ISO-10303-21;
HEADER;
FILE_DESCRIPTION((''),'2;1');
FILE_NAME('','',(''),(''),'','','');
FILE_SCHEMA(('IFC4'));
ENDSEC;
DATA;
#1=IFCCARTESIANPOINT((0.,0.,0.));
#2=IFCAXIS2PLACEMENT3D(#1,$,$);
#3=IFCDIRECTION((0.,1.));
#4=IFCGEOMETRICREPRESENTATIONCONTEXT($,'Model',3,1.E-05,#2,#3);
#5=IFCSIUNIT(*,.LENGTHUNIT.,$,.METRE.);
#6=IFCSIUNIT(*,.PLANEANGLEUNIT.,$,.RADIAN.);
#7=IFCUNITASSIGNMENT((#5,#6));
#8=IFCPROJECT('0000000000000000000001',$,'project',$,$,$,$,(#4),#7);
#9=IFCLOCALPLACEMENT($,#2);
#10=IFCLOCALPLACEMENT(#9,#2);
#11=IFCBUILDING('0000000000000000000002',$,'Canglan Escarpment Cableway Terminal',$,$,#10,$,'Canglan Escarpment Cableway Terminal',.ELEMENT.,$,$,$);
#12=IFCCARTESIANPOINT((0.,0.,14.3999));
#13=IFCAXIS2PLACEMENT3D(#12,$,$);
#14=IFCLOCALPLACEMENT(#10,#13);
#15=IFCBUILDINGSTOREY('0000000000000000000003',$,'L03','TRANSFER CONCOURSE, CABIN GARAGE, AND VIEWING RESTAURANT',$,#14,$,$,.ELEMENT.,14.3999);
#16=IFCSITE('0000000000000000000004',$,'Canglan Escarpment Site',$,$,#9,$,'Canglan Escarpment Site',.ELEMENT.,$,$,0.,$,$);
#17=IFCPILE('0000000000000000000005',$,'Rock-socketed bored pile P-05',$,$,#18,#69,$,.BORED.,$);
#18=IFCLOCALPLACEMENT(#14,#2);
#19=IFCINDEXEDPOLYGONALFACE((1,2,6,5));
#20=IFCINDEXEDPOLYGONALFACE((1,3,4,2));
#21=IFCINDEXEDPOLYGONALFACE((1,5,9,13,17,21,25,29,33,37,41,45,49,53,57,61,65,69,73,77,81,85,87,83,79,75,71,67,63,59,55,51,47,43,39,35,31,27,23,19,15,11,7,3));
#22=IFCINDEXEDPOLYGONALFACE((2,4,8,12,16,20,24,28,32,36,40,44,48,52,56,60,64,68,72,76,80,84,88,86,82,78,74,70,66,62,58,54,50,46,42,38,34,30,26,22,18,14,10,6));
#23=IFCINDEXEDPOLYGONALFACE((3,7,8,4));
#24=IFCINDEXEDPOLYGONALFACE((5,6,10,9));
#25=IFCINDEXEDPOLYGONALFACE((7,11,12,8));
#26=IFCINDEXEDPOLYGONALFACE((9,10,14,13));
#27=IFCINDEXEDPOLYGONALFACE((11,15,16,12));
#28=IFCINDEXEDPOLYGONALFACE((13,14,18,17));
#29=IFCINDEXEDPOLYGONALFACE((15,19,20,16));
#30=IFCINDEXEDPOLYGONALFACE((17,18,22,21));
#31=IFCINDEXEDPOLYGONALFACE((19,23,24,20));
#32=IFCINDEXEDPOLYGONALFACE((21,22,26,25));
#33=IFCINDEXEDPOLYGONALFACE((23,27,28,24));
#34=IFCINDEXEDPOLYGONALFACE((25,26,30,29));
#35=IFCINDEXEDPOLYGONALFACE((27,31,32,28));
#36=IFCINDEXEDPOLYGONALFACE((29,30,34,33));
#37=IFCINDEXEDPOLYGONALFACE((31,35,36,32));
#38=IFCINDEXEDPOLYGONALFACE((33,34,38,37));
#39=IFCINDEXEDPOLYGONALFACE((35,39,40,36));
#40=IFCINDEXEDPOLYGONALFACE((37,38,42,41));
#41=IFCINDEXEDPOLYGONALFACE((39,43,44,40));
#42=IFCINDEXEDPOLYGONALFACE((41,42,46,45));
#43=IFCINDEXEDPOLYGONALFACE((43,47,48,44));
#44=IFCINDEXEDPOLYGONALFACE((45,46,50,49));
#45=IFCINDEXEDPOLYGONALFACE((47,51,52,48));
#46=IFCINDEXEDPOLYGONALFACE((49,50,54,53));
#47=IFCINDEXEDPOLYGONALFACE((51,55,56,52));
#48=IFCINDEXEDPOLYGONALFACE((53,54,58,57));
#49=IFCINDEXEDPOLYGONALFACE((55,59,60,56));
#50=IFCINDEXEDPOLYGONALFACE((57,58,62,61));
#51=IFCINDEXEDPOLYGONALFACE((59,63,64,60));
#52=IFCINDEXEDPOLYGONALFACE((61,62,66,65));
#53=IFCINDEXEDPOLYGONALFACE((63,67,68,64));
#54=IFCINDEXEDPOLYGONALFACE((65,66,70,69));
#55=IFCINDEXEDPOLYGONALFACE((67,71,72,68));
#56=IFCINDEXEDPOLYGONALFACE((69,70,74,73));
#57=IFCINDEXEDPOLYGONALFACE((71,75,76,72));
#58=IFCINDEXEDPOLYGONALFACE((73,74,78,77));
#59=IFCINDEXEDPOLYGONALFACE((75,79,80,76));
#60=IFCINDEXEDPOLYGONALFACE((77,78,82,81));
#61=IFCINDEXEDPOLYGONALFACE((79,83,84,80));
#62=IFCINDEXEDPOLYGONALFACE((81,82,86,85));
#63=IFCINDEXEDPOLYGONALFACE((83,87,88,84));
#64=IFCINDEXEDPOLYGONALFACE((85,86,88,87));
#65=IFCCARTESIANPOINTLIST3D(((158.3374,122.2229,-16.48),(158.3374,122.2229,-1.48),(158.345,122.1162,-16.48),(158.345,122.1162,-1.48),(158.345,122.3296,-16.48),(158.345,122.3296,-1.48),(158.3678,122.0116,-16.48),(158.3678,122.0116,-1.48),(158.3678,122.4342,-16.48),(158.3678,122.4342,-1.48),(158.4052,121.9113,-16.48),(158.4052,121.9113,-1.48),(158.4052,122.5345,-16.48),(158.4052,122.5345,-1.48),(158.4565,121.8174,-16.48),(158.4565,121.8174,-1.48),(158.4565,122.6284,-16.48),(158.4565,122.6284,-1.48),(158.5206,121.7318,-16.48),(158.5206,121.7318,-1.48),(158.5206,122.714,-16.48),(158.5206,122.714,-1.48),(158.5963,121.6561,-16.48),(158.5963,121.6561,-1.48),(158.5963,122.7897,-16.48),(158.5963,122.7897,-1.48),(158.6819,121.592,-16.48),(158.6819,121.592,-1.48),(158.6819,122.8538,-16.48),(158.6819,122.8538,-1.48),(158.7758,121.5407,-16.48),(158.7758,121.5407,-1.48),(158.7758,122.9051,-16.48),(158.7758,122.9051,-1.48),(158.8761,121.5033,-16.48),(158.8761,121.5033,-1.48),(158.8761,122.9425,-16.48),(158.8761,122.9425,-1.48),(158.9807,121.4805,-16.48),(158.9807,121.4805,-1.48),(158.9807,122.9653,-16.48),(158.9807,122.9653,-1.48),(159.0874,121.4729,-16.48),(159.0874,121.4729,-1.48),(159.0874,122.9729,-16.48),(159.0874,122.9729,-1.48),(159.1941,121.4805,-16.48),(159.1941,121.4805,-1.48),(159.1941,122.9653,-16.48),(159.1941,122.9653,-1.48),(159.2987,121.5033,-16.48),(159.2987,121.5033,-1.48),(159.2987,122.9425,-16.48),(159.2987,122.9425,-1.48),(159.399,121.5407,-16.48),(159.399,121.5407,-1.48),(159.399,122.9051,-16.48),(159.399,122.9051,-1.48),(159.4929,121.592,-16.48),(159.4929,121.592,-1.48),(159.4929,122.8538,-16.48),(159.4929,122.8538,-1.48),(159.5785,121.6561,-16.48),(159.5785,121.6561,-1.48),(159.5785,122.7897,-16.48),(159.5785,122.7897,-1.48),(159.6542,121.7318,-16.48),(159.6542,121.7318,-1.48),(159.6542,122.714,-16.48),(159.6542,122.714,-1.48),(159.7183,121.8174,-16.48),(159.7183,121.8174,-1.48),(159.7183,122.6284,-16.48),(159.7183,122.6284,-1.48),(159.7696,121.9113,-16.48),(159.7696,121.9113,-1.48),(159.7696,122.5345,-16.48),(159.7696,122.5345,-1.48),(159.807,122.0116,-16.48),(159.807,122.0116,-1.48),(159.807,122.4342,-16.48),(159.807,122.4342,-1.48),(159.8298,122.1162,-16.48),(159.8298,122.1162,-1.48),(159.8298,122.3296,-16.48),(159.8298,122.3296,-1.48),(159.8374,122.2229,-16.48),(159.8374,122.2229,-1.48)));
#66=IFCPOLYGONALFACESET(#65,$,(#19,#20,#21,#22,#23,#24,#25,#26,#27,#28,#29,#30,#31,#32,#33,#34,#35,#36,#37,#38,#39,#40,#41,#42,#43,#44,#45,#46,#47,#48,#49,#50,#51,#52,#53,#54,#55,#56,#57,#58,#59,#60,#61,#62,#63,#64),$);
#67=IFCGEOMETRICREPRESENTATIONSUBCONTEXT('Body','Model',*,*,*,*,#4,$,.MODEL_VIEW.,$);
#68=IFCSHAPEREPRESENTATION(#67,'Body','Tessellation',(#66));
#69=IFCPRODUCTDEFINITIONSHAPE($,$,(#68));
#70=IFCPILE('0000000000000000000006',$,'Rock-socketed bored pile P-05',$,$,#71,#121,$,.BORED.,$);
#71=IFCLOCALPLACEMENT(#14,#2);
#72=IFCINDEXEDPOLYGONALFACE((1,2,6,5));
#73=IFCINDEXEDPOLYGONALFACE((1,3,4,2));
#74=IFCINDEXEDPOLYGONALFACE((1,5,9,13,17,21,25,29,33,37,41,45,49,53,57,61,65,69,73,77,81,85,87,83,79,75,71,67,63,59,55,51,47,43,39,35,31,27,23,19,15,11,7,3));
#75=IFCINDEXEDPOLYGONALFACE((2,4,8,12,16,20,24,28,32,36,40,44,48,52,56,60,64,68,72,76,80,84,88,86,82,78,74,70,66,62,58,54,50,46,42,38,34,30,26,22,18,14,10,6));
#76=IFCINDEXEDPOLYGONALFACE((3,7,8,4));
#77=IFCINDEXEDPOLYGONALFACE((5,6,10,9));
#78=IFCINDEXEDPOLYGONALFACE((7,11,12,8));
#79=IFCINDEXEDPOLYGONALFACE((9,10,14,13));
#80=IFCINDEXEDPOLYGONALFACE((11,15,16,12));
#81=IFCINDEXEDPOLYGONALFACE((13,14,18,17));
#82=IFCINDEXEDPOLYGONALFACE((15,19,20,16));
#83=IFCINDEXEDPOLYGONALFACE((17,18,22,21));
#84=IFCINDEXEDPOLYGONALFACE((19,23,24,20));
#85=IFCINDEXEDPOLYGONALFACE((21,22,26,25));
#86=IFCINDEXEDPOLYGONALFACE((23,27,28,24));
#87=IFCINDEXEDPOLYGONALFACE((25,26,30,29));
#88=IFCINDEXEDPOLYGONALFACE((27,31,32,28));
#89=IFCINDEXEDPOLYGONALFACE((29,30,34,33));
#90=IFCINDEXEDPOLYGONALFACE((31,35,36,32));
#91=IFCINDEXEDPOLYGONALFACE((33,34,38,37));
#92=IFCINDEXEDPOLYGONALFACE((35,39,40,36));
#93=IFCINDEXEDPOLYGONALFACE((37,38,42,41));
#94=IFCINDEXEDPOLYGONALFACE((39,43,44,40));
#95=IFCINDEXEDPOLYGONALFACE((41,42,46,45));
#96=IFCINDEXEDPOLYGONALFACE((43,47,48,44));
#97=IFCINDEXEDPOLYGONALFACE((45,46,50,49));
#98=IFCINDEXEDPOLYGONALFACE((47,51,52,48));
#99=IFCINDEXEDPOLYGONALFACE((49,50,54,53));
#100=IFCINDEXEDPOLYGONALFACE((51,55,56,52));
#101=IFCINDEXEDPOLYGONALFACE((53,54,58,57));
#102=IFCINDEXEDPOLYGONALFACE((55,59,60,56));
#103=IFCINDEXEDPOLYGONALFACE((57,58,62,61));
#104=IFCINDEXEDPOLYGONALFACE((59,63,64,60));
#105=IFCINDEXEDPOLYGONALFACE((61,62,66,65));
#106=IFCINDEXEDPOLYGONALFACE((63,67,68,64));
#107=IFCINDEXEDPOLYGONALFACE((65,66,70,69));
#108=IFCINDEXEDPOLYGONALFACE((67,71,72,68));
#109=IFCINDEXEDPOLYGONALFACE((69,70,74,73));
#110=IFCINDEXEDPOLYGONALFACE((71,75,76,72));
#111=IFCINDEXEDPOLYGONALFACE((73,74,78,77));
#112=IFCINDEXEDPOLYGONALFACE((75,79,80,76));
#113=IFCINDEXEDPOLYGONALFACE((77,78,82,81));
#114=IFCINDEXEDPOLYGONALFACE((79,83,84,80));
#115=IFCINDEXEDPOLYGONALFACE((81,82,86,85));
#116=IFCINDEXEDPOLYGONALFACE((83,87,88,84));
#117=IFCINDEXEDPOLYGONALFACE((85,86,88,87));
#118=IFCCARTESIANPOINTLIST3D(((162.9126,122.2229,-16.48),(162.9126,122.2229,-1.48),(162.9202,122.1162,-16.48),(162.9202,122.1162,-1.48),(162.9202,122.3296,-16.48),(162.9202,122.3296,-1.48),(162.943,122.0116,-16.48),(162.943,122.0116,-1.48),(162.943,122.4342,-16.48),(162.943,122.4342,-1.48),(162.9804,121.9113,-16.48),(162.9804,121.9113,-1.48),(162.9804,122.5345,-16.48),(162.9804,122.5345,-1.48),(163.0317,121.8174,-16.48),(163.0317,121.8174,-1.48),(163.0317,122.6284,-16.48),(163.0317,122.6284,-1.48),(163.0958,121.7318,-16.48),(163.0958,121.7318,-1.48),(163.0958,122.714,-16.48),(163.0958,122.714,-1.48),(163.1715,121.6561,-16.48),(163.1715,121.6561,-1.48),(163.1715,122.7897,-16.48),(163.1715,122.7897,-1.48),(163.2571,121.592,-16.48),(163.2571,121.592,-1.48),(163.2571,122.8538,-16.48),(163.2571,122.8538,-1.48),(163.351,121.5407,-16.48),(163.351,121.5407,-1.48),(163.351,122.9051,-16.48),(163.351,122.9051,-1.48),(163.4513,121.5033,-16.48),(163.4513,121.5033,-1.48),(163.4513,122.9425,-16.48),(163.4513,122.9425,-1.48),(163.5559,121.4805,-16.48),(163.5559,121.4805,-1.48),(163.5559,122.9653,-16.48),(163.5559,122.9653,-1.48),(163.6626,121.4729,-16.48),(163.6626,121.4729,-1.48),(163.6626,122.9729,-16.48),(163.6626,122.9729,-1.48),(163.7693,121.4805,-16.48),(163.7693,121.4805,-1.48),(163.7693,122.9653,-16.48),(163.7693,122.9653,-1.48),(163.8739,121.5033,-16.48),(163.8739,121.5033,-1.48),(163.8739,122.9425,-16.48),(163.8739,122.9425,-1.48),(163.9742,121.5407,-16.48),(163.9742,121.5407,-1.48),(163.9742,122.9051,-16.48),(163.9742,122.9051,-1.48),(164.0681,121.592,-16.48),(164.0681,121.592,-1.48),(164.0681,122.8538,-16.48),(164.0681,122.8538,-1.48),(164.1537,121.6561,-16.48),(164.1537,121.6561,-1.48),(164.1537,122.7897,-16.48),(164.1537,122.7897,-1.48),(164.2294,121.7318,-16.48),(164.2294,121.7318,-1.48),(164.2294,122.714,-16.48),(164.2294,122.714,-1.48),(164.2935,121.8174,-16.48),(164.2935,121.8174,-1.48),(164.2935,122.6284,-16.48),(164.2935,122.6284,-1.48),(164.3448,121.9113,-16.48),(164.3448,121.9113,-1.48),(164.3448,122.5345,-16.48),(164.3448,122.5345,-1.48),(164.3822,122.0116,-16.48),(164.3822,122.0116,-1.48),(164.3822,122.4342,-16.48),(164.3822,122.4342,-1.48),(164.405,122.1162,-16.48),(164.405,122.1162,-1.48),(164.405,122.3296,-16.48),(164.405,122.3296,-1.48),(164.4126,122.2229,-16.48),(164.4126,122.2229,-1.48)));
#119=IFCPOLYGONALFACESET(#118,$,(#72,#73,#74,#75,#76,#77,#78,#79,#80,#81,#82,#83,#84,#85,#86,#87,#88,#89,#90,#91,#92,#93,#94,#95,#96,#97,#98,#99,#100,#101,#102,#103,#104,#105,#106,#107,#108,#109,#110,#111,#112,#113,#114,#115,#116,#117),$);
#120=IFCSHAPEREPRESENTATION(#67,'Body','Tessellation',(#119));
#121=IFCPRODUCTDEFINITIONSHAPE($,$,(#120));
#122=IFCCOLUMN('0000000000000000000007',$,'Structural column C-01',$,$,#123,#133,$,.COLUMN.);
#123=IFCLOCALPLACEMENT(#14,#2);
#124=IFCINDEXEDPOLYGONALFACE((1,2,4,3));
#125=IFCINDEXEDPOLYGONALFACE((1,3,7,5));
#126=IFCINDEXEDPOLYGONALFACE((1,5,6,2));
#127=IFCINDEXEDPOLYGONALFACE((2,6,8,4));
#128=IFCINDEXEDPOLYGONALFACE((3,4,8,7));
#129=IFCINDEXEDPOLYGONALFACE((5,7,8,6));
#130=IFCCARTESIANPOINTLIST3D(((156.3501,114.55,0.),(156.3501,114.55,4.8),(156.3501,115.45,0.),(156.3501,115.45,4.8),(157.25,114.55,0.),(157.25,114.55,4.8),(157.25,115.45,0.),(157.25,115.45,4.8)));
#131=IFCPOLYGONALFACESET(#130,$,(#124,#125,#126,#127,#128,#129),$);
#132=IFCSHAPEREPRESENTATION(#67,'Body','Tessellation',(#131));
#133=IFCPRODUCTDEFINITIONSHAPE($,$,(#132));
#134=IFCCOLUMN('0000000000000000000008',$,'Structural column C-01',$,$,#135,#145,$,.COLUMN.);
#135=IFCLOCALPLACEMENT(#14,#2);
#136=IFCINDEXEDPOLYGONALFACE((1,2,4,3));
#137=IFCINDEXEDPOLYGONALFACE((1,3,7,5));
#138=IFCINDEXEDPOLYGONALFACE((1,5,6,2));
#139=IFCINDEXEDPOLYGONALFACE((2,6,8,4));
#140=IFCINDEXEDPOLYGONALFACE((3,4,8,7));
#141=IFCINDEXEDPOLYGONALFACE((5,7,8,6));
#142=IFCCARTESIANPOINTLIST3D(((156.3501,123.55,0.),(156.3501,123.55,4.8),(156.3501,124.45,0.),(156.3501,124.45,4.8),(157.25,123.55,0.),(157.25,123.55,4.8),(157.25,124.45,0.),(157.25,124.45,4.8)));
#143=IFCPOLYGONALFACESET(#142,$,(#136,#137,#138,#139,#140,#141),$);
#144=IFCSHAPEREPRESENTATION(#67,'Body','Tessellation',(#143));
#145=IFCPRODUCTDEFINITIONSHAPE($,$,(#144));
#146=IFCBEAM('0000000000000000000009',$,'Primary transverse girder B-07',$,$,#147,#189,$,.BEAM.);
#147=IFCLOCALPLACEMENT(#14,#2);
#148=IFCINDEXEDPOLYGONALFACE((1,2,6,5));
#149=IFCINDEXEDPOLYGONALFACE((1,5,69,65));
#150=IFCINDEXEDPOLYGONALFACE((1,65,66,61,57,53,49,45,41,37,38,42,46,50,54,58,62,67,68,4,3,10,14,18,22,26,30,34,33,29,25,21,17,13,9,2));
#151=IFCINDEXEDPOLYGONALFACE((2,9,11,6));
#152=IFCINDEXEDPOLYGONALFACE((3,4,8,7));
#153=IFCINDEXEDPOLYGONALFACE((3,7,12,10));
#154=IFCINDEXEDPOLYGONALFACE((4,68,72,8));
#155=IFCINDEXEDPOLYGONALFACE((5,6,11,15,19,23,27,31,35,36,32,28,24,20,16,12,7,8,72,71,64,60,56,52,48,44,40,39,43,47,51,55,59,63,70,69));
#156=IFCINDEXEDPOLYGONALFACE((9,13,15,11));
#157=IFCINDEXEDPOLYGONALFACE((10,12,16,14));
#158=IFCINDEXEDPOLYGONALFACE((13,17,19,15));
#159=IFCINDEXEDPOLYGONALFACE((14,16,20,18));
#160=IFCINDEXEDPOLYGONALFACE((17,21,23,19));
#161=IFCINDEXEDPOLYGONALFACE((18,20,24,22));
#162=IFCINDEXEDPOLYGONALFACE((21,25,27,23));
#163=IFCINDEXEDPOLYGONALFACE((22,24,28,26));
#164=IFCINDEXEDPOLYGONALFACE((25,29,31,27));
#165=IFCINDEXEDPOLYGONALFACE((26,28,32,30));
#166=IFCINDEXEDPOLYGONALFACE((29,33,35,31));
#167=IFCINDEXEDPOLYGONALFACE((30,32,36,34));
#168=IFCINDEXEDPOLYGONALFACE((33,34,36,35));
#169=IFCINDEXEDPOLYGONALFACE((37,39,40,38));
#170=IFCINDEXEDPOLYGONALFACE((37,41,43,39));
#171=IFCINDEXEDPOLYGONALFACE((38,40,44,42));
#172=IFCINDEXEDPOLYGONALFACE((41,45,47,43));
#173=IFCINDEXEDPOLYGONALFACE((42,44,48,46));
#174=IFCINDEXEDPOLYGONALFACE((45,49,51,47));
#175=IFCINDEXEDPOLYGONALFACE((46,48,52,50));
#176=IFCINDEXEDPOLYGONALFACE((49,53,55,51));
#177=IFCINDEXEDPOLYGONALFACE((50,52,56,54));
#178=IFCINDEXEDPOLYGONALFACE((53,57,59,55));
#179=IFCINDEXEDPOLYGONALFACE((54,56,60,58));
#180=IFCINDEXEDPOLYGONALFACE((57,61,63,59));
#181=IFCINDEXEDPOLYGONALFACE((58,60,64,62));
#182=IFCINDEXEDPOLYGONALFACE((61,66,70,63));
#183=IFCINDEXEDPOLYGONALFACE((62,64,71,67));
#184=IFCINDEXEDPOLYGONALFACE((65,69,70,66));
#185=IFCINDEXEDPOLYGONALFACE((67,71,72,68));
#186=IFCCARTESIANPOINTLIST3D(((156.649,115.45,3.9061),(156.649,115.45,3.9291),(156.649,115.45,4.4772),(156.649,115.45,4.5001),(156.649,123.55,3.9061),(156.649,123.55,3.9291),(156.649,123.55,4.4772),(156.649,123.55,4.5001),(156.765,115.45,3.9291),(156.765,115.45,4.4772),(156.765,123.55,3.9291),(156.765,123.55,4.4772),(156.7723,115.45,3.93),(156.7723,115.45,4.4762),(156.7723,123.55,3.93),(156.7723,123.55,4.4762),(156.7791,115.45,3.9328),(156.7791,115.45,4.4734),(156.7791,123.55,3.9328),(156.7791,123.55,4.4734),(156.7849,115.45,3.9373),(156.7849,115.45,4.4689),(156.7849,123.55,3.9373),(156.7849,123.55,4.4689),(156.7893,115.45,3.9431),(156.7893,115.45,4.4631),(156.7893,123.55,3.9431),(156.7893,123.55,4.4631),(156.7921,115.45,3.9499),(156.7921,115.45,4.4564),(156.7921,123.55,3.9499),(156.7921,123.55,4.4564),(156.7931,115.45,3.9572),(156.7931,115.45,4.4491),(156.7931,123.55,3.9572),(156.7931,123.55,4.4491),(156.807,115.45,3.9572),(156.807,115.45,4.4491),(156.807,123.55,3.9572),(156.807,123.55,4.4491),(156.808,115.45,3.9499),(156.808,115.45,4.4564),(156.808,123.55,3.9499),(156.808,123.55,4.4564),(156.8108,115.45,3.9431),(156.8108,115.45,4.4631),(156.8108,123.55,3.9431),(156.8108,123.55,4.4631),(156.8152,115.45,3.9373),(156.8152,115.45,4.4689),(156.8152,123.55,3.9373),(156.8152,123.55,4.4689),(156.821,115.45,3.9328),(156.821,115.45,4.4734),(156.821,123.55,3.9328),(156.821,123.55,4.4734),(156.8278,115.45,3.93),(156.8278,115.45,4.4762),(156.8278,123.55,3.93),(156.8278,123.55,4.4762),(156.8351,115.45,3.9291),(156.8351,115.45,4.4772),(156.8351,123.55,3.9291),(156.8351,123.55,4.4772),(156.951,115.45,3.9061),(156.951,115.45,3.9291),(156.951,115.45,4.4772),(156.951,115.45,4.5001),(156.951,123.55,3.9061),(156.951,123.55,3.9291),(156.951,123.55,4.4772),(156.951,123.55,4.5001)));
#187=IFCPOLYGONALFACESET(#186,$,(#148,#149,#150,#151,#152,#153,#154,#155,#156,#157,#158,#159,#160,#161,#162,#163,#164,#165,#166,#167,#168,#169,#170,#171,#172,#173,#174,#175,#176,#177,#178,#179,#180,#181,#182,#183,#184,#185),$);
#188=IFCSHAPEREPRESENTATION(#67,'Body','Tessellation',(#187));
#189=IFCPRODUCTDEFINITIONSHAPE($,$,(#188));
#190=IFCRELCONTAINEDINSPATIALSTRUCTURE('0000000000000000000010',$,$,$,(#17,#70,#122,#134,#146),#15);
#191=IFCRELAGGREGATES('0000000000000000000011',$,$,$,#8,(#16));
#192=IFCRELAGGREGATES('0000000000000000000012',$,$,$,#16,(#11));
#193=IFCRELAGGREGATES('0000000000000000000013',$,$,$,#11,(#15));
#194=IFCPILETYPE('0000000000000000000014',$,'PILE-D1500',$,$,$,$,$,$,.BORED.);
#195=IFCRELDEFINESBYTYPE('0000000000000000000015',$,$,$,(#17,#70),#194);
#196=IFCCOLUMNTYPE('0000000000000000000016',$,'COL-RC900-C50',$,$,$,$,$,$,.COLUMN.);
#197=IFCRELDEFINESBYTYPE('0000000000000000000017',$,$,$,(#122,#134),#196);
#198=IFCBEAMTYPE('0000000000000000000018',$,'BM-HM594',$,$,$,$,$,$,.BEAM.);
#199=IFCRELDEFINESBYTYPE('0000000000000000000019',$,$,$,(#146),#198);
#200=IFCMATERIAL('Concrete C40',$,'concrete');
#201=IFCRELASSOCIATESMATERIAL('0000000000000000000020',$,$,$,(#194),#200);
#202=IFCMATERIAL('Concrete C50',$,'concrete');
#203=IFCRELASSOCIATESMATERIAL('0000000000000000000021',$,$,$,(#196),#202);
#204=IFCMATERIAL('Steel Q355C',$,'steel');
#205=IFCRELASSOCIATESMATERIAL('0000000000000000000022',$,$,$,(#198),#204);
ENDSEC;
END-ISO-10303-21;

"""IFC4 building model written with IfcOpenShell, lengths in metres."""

from ifc_helpers import new_model, si_unit, direction, frame, origin, origin_2d, place, context, subcontext, project, spatial, rectangle, circle, i_section, extrude, material, material_profile, profile_set, type_object, element, save


model = new_model("IFC4")

# Units and contexts
model_context = context("Model", 3, precision=1e-05, world=origin(), true_north=direction((0.0, 1.0)))
body_context = subcontext(model_context, "Body", "Model", "MODEL_VIEW")
ifc_project = project(units=[si_unit("LENGTHUNIT", "METRE"), si_unit("PLANEANGLEUNIT", "RADIAN")], contexts=[model_context])

# Site, building, storey
site_placement = place(None, origin())
site = spatial("IfcSite", under=ifc_project, at=site_placement, Name="Canglan Escarpment Site", LongName="Canglan Escarpment Site", CompositionType="ELEMENT", RefElevation=0.0)
building_placement = place(site_placement, origin())
building = spatial("IfcBuilding", under=site, at=building_placement, Name="Canglan Escarpment Cableway Terminal", LongName="Canglan Escarpment Cableway Terminal", CompositionType="ELEMENT")
storey_placement = place(building_placement, frame((0.0, 0.0, 14.3999)))
storey = spatial("IfcBuildingStorey", under=building, at=storey_placement, Name="L03", Description="TRANSFER CONCOURSE, CABIN GARAGE, AND VIEWING RESTAURANT", CompositionType="ELEMENT", Elevation=14.3999)

# Shared definitions
ifc_material_1 = material(Name="Concrete C40", Category="concrete")

# Piles
ifc_material_profile_1 = material_profile(ifc_material_1, circle(Radius=0.75, at=origin_2d()), Name="BORED PILE D1500")
ifc_profile_set_1 = profile_set([ifc_material_profile_1], Name="Concrete C40")
pile_type = type_object("IfcPileType", Name="PILE-D1500", PredefinedType="BORED", material=ifc_profile_set_1)
for number, where, z_axis, x_axis, name in (
    (1, (159.0874, 122.2229, -1.48), (0.0, 0.0, -1.0), (1.0, 0.0, 0.0), "Rock-socketed bored pile P-05"),
    (2, (163.6626, 122.2229, -1.48), (0.0, 0.0, -1.0), (1.0, 0.0, 0.0), "Rock-socketed bored pile P-05"),
):
    element("IfcPile", number, at=place(storey_placement, frame(where, z_axis=z_axis, x_axis=x_axis)), inside=storey, type_object=pile_type, Name=name, PredefinedType="BORED", context=body_context, shape_type="SweptSolid", body=[
        extrude(circle(Radius=0.75, at=origin_2d()), origin(), (0.0, 0.0, 1.0), 15.0),
    ])

# Columns
ifc_material_2 = material(Name="Concrete C50", Category="concrete")
ifc_material_profile_2 = material_profile(ifc_material_2, rectangle(XDim=0.8999, YDim=0.8999, at=origin_2d()), Name="RC 900x900")
ifc_profile_set_2 = profile_set([ifc_material_profile_2], Name="Concrete C50")
column_type = type_object("IfcColumnType", Name="COL-RC900-C50", PredefinedType="COLUMN", material=ifc_profile_set_2)
for number, where, z_axis, x_axis, name in (
    (3, (156.8, 115.0, 0.0), (0.0, 0.0, 1.0), (1.0, 0.0, 0.0), "Structural column C-01"),
    (4, (156.8, 124.0, 0.0), (0.0, 0.0, 1.0), (1.0, 0.0, 0.0), "Structural column C-01"),
):
    element("IfcColumn", number, at=place(storey_placement, frame(where, z_axis=z_axis, x_axis=x_axis)), inside=storey, type_object=column_type, Name=name, PredefinedType="COLUMN", context=body_context, shape_type="SweptSolid", body=[
        extrude(rectangle(XDim=0.8999, YDim=0.8999, at=origin_2d()), origin(), (0.0, 0.0, 1.0), 4.8),
    ])

# Beam
ifc_material_3 = material(Name="Steel Q355C", Category="steel")
ifc_material_profile_3 = material_profile(ifc_material_3, i_section(OverallWidth=0.302, OverallDepth=0.594, WebThickness=0.0139, FlangeThickness=0.0229, FilletRadius=0.0281, at=origin_2d()), Name="HM 594x302x14x23")
ifc_profile_set_3 = profile_set([ifc_material_profile_3], Name="Steel Q355C")
beam_type_1 = type_object("IfcBeamType", Name="BM-HM594", PredefinedType="BEAM", material=ifc_profile_set_3)
beam_1_placement = place(storey_placement, frame((156.8, 115.45, 4.2031), z_axis=(0.0, 1.0, 0.0), x_axis=(-1.0, 0.0, 0.0)))
element("IfcBeam", 5, at=beam_1_placement, inside=storey, type_object=beam_type_1, Name="Primary transverse girder B-07", PredefinedType="BEAM", context=body_context, shape_type="SweptSolid", body=[
    extrude(i_section(OverallWidth=0.302, OverallDepth=0.594, WebThickness=0.0139, FlangeThickness=0.0229, FilletRadius=0.0281, at=origin_2d()), origin(), (0.0, 0.0, 1.0), 8.1001),
])

save(model, "model.ifc")
